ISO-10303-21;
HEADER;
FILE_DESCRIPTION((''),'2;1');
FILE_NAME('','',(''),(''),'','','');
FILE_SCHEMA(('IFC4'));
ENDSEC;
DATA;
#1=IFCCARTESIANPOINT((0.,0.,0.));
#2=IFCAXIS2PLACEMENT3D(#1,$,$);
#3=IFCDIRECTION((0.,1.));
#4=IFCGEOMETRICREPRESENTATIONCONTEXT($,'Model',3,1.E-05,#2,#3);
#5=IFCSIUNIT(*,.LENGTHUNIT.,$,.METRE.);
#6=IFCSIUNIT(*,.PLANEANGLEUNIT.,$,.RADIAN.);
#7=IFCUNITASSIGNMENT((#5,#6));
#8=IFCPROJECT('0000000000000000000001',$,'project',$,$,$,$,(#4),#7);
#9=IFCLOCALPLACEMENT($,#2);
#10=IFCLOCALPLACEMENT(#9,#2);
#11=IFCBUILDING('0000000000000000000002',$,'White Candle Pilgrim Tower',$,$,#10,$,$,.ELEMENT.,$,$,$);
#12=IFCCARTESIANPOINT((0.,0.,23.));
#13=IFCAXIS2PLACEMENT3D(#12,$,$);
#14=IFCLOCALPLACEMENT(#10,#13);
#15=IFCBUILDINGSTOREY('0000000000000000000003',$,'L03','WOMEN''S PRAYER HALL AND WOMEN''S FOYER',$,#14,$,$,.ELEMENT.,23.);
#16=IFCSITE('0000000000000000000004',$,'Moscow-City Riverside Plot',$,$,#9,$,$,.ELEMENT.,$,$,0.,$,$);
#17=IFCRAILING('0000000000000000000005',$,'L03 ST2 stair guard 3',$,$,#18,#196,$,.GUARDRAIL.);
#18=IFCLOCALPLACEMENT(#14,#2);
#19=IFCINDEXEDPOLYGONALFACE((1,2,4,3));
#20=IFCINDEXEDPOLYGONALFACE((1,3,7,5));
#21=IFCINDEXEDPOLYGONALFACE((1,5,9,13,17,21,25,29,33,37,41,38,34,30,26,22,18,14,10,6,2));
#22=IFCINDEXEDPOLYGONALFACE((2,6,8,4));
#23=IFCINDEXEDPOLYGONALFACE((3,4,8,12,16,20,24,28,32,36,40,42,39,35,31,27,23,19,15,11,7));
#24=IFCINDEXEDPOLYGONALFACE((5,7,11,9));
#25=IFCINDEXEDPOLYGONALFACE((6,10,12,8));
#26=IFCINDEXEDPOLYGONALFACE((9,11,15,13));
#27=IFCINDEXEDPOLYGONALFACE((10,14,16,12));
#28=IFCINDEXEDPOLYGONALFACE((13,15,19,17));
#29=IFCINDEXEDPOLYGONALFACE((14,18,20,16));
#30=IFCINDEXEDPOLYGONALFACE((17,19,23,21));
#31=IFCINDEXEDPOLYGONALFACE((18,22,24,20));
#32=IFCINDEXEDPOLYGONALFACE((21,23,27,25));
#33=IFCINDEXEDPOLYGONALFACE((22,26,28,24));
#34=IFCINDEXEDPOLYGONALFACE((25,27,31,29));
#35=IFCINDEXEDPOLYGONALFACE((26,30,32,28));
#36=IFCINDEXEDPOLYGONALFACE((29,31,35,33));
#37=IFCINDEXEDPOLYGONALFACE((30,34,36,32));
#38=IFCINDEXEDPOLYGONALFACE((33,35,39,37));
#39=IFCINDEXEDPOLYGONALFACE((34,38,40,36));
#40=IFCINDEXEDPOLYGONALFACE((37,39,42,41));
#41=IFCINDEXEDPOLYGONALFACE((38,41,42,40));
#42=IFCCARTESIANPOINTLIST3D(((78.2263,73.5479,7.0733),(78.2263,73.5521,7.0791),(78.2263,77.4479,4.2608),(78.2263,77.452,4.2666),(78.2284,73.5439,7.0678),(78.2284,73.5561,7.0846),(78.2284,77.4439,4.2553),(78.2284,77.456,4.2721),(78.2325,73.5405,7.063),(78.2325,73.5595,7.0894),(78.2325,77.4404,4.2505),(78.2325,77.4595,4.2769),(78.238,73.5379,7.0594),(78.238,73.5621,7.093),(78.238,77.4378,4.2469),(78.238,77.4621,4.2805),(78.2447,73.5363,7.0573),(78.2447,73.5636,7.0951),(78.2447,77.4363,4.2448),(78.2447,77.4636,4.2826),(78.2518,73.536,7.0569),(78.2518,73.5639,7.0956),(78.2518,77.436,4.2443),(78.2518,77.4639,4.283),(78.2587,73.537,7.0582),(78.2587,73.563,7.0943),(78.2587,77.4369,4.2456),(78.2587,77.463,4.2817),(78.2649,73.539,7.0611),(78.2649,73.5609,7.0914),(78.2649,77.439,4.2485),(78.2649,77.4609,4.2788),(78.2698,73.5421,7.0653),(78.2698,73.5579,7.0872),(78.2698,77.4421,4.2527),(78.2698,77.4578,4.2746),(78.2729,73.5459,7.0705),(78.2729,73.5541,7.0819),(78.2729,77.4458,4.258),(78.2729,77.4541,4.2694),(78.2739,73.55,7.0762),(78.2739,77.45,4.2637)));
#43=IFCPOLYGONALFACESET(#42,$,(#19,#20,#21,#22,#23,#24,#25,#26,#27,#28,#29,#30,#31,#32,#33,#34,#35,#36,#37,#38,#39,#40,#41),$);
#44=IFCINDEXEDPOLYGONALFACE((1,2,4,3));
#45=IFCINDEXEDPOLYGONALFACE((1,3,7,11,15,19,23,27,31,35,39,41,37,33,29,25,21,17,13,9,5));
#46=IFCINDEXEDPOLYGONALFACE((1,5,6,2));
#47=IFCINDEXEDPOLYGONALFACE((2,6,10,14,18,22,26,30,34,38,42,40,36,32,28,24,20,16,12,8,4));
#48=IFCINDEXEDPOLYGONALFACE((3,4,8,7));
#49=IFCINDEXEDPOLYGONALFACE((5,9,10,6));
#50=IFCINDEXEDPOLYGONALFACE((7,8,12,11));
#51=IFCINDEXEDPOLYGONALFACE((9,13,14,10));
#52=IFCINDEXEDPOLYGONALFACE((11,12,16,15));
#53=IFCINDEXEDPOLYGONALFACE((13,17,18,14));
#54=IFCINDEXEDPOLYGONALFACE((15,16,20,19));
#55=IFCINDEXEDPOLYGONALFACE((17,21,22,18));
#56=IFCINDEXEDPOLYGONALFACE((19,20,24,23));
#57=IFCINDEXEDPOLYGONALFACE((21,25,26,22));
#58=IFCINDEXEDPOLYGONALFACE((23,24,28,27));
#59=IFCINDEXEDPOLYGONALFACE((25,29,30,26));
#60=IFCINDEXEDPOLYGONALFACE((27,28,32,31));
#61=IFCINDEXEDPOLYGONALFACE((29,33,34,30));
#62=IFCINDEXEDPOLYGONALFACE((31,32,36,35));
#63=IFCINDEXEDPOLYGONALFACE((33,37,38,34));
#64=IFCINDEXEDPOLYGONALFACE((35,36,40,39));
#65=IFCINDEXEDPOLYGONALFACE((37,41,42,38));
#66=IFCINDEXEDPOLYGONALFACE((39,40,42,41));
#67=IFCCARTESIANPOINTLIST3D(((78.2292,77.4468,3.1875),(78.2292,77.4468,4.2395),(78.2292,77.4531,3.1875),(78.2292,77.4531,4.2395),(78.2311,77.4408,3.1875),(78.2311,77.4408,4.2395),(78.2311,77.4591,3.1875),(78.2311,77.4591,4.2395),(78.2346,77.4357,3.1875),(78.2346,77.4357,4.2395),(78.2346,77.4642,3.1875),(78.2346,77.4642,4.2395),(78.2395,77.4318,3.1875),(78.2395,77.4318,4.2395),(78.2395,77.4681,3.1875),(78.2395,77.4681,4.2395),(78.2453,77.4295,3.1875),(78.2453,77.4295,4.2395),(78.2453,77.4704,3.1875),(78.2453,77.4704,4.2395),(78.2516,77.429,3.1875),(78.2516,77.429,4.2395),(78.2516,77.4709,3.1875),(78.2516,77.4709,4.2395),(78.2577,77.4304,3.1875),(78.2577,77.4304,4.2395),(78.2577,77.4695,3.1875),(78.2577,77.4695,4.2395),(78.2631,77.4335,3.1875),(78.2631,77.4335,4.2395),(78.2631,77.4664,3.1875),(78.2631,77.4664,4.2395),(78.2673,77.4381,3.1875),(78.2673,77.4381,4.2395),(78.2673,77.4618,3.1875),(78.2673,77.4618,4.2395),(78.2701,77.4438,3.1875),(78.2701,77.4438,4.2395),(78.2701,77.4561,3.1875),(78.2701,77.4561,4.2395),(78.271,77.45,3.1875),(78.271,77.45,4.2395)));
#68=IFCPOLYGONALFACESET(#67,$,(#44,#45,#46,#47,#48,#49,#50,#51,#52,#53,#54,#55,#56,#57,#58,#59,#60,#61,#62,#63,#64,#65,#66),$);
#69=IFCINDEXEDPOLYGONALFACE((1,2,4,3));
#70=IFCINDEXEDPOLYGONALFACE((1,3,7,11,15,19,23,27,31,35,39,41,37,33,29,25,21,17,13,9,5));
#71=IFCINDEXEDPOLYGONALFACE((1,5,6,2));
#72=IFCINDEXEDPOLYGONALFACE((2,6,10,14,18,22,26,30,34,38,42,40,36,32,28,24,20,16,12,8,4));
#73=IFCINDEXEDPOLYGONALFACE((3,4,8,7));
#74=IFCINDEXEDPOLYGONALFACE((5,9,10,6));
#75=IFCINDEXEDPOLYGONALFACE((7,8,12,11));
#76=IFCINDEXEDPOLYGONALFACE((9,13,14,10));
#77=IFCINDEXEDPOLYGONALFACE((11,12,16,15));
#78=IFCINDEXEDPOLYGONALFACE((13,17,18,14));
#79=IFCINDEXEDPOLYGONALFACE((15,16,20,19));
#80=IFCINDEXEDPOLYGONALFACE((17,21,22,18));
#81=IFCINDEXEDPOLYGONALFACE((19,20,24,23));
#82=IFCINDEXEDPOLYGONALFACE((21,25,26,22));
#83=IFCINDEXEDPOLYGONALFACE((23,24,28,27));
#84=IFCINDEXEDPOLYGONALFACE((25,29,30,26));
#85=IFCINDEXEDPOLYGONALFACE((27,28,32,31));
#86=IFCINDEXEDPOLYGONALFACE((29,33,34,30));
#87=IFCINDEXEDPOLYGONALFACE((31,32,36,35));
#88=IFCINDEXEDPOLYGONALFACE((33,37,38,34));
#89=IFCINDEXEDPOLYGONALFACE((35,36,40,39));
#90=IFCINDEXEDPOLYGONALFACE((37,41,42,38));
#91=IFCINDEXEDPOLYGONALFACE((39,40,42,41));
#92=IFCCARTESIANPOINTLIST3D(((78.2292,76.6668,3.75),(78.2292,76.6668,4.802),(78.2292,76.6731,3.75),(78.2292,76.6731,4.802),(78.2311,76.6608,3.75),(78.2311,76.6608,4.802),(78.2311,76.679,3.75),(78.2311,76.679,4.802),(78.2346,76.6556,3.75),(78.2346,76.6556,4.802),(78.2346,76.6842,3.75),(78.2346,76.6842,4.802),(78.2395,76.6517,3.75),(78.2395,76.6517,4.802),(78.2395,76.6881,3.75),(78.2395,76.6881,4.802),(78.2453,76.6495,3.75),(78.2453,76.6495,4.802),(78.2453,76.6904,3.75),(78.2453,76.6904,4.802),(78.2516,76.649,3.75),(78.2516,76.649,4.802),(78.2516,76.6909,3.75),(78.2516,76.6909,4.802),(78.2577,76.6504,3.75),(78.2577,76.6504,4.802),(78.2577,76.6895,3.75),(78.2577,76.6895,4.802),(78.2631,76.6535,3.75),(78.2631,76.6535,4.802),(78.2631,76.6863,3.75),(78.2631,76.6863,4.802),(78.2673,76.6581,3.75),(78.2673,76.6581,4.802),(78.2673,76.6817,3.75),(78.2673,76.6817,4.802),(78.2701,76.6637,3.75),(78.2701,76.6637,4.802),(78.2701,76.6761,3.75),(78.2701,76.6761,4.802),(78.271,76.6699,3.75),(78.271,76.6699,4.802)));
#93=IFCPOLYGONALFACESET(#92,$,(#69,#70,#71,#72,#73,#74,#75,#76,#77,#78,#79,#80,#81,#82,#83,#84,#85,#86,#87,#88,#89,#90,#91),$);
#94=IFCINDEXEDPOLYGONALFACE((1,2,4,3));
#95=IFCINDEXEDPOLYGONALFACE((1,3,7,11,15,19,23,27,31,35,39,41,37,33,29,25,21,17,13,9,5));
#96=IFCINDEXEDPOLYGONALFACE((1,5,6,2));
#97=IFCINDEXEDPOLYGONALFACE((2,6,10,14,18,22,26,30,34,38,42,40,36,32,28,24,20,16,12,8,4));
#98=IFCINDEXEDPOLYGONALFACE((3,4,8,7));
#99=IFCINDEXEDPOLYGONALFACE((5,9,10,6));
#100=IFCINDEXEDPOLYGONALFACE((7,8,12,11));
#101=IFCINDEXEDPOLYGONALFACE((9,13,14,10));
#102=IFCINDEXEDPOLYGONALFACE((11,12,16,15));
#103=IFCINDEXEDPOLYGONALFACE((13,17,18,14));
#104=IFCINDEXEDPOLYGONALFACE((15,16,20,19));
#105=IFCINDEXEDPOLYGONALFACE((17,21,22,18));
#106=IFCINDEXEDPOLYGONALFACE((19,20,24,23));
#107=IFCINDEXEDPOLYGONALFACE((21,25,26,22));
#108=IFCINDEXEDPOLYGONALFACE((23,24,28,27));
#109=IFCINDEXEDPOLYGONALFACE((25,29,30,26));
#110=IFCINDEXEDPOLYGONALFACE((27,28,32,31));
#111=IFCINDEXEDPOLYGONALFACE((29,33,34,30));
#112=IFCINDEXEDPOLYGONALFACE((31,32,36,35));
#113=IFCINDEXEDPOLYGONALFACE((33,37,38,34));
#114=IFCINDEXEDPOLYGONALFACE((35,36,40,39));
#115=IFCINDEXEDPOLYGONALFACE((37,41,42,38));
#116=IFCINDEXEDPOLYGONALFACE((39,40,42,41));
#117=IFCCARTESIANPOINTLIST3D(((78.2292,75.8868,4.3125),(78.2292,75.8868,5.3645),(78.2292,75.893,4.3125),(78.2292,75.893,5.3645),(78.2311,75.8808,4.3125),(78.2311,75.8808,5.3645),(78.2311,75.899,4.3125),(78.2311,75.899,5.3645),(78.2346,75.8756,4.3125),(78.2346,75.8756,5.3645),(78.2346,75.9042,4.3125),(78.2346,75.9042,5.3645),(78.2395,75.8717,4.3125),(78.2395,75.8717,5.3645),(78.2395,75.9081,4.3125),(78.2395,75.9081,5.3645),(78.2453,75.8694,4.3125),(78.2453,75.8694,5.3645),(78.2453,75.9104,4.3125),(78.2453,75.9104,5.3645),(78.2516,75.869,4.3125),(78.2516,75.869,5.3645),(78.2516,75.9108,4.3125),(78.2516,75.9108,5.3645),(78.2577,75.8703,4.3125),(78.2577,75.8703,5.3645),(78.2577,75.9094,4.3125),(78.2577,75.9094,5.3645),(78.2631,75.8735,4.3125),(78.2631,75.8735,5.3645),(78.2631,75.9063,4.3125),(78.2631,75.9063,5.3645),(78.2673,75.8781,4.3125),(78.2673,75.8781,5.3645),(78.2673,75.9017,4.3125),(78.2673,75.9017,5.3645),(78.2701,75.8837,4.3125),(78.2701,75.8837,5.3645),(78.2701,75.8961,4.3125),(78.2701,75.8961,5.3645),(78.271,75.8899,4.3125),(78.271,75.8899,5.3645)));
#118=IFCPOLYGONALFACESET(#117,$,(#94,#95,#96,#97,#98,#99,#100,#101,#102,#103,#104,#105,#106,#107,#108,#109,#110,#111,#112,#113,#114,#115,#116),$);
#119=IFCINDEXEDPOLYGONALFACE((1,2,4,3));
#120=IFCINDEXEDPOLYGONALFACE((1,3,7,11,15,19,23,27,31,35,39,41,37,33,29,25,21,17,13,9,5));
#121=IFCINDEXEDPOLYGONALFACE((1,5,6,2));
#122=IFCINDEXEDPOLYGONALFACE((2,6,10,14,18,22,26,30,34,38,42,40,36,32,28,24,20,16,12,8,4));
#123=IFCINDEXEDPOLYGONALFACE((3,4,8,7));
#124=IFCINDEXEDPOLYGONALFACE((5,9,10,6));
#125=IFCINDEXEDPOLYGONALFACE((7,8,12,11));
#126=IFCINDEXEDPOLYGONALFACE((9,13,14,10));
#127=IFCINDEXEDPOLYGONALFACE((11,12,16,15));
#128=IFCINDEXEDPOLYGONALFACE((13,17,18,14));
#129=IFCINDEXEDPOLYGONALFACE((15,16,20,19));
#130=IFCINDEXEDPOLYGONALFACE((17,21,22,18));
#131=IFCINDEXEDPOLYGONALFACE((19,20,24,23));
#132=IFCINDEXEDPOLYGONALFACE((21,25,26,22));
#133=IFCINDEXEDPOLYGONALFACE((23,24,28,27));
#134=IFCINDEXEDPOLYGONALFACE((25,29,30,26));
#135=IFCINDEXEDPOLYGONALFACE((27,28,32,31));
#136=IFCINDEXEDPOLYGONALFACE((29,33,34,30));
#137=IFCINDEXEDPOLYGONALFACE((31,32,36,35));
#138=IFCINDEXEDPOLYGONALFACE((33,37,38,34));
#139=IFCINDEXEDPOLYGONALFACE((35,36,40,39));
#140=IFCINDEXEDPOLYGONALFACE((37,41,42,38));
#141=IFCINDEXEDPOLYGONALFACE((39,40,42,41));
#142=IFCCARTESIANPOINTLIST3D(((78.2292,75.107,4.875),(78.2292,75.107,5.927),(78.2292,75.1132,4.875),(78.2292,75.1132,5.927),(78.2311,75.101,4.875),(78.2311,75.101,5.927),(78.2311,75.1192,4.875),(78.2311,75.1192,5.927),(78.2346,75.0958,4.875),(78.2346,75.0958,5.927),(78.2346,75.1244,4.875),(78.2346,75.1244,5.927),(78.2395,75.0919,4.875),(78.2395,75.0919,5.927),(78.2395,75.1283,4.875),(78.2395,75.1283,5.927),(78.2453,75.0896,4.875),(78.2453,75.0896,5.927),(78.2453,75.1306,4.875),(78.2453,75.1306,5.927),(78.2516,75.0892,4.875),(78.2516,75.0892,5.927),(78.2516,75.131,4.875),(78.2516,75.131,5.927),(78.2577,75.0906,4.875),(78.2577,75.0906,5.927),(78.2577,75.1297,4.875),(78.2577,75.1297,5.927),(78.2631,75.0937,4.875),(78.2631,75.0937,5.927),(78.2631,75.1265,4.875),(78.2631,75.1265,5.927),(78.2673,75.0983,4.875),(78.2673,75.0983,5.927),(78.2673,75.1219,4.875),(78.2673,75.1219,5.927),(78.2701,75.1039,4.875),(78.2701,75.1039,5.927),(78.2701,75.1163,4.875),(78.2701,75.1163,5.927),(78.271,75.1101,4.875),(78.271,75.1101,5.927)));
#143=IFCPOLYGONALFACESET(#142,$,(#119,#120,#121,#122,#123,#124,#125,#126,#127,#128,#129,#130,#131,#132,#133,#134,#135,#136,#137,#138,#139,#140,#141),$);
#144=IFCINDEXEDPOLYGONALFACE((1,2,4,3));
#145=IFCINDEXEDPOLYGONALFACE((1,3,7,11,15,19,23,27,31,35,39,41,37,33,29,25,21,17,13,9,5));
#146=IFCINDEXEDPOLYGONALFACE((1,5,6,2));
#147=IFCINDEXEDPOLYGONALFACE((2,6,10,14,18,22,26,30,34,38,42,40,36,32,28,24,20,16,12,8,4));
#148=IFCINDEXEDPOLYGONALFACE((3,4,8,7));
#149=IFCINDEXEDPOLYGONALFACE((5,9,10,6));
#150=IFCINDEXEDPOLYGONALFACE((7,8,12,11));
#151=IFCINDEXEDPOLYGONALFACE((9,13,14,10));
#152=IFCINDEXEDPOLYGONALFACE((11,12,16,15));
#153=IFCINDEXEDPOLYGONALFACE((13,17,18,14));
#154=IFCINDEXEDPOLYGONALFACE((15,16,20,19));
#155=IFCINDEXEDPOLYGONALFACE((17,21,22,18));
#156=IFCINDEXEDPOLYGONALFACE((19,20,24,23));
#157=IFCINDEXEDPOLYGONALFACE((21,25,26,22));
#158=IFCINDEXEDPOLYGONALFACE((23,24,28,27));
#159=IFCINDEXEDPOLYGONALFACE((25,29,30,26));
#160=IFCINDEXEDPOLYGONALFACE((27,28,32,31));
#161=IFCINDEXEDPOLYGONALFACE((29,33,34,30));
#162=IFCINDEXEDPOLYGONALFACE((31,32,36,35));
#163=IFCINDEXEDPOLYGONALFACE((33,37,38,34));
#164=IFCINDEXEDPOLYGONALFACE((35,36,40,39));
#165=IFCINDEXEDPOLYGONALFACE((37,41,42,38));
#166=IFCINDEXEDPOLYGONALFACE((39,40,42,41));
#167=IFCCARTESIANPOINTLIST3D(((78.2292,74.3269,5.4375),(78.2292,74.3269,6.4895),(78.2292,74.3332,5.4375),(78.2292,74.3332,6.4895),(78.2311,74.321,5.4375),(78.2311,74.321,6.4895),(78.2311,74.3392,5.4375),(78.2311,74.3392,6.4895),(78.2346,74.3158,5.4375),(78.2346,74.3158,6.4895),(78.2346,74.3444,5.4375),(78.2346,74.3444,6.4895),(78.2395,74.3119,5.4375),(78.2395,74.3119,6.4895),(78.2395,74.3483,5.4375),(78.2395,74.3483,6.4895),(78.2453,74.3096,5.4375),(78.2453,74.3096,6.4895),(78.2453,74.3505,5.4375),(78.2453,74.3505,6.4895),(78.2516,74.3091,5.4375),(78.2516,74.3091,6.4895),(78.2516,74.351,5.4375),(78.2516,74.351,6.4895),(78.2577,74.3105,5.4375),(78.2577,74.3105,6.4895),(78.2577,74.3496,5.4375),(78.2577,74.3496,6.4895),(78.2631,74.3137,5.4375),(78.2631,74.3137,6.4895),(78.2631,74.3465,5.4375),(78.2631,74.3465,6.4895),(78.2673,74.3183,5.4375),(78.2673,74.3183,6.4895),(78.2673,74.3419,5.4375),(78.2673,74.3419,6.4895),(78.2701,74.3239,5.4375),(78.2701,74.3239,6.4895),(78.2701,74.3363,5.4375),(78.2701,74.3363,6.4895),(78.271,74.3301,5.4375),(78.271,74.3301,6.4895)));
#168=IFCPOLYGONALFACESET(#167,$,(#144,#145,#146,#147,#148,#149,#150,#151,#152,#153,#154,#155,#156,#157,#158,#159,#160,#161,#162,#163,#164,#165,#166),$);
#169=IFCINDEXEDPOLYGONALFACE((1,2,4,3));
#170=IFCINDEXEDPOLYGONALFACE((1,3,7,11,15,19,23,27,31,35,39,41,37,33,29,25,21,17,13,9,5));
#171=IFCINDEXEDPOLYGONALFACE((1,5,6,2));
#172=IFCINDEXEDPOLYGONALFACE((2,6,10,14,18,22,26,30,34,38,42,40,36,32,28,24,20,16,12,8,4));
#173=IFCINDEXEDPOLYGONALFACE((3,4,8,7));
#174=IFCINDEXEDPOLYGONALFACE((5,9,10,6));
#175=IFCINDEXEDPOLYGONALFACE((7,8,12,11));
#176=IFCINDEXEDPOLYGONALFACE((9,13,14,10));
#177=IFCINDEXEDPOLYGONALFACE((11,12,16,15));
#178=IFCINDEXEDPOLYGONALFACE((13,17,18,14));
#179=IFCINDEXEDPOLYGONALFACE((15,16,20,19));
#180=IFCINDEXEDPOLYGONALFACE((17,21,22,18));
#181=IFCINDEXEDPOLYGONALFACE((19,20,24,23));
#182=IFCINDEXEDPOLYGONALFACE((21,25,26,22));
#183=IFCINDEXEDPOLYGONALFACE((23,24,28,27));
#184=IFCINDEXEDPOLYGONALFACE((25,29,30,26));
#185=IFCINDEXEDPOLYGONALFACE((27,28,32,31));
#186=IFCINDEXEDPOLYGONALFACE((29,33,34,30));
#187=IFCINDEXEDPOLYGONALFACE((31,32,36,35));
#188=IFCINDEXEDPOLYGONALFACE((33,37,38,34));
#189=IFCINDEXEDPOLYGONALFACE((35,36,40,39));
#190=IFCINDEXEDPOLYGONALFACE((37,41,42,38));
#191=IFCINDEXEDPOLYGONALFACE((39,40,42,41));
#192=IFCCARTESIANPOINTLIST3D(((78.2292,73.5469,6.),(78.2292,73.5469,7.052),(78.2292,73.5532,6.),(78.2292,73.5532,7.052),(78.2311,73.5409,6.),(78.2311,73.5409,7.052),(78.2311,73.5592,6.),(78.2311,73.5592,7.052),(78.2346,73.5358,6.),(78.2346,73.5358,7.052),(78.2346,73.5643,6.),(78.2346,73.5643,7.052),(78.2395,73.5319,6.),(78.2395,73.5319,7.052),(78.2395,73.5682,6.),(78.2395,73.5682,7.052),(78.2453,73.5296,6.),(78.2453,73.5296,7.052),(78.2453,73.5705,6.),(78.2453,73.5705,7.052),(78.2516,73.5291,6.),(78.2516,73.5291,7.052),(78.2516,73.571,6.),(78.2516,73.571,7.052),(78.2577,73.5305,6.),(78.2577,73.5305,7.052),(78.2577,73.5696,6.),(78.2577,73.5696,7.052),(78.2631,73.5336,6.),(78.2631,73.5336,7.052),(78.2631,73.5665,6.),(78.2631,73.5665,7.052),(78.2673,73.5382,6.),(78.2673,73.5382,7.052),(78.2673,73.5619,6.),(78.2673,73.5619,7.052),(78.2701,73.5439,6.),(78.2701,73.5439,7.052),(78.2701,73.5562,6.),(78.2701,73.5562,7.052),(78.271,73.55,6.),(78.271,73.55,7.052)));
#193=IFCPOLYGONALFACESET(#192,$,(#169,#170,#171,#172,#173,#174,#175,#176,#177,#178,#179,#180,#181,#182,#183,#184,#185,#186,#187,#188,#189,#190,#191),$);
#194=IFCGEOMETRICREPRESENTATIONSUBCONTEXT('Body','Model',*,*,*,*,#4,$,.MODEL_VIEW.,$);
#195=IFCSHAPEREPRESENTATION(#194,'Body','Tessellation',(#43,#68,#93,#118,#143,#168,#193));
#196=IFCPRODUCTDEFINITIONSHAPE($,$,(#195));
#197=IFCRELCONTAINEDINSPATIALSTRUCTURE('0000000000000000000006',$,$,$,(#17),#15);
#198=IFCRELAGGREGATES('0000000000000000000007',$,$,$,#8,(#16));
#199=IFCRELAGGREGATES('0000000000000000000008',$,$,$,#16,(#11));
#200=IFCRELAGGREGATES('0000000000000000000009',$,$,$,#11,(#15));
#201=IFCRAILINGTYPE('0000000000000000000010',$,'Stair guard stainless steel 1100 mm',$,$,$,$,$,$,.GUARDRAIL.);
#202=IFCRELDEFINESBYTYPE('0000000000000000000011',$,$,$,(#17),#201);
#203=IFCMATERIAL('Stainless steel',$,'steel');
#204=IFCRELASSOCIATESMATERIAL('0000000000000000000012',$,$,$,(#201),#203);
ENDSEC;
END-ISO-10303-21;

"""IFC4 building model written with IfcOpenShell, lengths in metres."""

from ifc_helpers import new_model, si_unit, direction, frame, origin, origin_2d, place, context, subcontext, project, spatial, circle, extrude, material, type_object, element, save


model = new_model("IFC4")

# Units and contexts
model_context = context("Model", 3, precision=1e-05, world=origin(), true_north=direction((0.0, 1.0)))
body_context = subcontext(model_context, "Body", "Model", "MODEL_VIEW")
ifc_project = project(units=[si_unit("LENGTHUNIT", "METRE"), si_unit("PLANEANGLEUNIT", "RADIAN")], contexts=[model_context])

# Site, building, storey
site_placement = place(None, origin())
site = spatial("IfcSite", under=ifc_project, at=site_placement, Name="Moscow-City Riverside Plot", CompositionType="ELEMENT", RefElevation=0.0)
building_placement = place(site_placement, origin())
building = spatial("IfcBuilding", under=site, at=building_placement, Name="White Candle Pilgrim Tower", CompositionType="ELEMENT")
storey_placement = place(building_placement, frame((0.0, 0.0, 23.0)))
storey = spatial("IfcBuildingStorey", under=building, at=storey_placement, Name="L03", Description="WOMEN'S PRAYER HALL AND WOMEN'S FOYER", CompositionType="ELEMENT", Elevation=23.0)

# Railing
ifc_material_1 = material(Name="Stainless steel", Category="steel")
railing_type_1 = type_object("IfcRailingType", Name="Stair guard stainless steel 1100 mm", PredefinedType="GUARDRAIL", material=ifc_material_1)
railing_1_placement = place(storey_placement, frame((78.25, 77.45, 3.1875)))
element("IfcRailing", 1, at=railing_1_placement, inside=storey, type_object=railing_type_1, Name="L03 ST2 stair guard 3", PredefinedType="GUARDRAIL", context=body_context, shape_type="SweptSolid", body=[
    extrude(circle(Radius=0.0239, at=origin_2d()), frame((0.0, 0.0, 1.0762), z_axis=(0.0, -0.811083, 0.584931), x_axis=(1.0, 0.0, 0.0)), (0.0, 0.0, 1.0), 4.8083),
    extrude(circle(Radius=0.021, at=origin_2d()), origin(), (0.0, 0.0, 1.0), 1.052),
    extrude(circle(Radius=0.021, at=origin_2d()), frame((0.0, -0.78, 0.5625)), (0.0, 0.0, 1.0), 1.052),
    extrude(circle(Radius=0.021, at=origin_2d()), frame((0.0, -1.5601, 1.125)), (0.0, 0.0, 1.0), 1.052),
    extrude(circle(Radius=0.021, at=origin_2d()), frame((0.0, -2.3398, 1.6875)), (0.0, 0.0, 1.0), 1.052),
    extrude(circle(Radius=0.021, at=origin_2d()), frame((0.0, -3.1199, 2.25)), (0.0, 0.0, 1.0), 1.052),
    extrude(circle(Radius=0.021, at=origin_2d()), frame((0.0, -3.8999, 2.8125)), (0.0, 0.0, 1.0), 1.052),
])

save(model, "model.ifc")
